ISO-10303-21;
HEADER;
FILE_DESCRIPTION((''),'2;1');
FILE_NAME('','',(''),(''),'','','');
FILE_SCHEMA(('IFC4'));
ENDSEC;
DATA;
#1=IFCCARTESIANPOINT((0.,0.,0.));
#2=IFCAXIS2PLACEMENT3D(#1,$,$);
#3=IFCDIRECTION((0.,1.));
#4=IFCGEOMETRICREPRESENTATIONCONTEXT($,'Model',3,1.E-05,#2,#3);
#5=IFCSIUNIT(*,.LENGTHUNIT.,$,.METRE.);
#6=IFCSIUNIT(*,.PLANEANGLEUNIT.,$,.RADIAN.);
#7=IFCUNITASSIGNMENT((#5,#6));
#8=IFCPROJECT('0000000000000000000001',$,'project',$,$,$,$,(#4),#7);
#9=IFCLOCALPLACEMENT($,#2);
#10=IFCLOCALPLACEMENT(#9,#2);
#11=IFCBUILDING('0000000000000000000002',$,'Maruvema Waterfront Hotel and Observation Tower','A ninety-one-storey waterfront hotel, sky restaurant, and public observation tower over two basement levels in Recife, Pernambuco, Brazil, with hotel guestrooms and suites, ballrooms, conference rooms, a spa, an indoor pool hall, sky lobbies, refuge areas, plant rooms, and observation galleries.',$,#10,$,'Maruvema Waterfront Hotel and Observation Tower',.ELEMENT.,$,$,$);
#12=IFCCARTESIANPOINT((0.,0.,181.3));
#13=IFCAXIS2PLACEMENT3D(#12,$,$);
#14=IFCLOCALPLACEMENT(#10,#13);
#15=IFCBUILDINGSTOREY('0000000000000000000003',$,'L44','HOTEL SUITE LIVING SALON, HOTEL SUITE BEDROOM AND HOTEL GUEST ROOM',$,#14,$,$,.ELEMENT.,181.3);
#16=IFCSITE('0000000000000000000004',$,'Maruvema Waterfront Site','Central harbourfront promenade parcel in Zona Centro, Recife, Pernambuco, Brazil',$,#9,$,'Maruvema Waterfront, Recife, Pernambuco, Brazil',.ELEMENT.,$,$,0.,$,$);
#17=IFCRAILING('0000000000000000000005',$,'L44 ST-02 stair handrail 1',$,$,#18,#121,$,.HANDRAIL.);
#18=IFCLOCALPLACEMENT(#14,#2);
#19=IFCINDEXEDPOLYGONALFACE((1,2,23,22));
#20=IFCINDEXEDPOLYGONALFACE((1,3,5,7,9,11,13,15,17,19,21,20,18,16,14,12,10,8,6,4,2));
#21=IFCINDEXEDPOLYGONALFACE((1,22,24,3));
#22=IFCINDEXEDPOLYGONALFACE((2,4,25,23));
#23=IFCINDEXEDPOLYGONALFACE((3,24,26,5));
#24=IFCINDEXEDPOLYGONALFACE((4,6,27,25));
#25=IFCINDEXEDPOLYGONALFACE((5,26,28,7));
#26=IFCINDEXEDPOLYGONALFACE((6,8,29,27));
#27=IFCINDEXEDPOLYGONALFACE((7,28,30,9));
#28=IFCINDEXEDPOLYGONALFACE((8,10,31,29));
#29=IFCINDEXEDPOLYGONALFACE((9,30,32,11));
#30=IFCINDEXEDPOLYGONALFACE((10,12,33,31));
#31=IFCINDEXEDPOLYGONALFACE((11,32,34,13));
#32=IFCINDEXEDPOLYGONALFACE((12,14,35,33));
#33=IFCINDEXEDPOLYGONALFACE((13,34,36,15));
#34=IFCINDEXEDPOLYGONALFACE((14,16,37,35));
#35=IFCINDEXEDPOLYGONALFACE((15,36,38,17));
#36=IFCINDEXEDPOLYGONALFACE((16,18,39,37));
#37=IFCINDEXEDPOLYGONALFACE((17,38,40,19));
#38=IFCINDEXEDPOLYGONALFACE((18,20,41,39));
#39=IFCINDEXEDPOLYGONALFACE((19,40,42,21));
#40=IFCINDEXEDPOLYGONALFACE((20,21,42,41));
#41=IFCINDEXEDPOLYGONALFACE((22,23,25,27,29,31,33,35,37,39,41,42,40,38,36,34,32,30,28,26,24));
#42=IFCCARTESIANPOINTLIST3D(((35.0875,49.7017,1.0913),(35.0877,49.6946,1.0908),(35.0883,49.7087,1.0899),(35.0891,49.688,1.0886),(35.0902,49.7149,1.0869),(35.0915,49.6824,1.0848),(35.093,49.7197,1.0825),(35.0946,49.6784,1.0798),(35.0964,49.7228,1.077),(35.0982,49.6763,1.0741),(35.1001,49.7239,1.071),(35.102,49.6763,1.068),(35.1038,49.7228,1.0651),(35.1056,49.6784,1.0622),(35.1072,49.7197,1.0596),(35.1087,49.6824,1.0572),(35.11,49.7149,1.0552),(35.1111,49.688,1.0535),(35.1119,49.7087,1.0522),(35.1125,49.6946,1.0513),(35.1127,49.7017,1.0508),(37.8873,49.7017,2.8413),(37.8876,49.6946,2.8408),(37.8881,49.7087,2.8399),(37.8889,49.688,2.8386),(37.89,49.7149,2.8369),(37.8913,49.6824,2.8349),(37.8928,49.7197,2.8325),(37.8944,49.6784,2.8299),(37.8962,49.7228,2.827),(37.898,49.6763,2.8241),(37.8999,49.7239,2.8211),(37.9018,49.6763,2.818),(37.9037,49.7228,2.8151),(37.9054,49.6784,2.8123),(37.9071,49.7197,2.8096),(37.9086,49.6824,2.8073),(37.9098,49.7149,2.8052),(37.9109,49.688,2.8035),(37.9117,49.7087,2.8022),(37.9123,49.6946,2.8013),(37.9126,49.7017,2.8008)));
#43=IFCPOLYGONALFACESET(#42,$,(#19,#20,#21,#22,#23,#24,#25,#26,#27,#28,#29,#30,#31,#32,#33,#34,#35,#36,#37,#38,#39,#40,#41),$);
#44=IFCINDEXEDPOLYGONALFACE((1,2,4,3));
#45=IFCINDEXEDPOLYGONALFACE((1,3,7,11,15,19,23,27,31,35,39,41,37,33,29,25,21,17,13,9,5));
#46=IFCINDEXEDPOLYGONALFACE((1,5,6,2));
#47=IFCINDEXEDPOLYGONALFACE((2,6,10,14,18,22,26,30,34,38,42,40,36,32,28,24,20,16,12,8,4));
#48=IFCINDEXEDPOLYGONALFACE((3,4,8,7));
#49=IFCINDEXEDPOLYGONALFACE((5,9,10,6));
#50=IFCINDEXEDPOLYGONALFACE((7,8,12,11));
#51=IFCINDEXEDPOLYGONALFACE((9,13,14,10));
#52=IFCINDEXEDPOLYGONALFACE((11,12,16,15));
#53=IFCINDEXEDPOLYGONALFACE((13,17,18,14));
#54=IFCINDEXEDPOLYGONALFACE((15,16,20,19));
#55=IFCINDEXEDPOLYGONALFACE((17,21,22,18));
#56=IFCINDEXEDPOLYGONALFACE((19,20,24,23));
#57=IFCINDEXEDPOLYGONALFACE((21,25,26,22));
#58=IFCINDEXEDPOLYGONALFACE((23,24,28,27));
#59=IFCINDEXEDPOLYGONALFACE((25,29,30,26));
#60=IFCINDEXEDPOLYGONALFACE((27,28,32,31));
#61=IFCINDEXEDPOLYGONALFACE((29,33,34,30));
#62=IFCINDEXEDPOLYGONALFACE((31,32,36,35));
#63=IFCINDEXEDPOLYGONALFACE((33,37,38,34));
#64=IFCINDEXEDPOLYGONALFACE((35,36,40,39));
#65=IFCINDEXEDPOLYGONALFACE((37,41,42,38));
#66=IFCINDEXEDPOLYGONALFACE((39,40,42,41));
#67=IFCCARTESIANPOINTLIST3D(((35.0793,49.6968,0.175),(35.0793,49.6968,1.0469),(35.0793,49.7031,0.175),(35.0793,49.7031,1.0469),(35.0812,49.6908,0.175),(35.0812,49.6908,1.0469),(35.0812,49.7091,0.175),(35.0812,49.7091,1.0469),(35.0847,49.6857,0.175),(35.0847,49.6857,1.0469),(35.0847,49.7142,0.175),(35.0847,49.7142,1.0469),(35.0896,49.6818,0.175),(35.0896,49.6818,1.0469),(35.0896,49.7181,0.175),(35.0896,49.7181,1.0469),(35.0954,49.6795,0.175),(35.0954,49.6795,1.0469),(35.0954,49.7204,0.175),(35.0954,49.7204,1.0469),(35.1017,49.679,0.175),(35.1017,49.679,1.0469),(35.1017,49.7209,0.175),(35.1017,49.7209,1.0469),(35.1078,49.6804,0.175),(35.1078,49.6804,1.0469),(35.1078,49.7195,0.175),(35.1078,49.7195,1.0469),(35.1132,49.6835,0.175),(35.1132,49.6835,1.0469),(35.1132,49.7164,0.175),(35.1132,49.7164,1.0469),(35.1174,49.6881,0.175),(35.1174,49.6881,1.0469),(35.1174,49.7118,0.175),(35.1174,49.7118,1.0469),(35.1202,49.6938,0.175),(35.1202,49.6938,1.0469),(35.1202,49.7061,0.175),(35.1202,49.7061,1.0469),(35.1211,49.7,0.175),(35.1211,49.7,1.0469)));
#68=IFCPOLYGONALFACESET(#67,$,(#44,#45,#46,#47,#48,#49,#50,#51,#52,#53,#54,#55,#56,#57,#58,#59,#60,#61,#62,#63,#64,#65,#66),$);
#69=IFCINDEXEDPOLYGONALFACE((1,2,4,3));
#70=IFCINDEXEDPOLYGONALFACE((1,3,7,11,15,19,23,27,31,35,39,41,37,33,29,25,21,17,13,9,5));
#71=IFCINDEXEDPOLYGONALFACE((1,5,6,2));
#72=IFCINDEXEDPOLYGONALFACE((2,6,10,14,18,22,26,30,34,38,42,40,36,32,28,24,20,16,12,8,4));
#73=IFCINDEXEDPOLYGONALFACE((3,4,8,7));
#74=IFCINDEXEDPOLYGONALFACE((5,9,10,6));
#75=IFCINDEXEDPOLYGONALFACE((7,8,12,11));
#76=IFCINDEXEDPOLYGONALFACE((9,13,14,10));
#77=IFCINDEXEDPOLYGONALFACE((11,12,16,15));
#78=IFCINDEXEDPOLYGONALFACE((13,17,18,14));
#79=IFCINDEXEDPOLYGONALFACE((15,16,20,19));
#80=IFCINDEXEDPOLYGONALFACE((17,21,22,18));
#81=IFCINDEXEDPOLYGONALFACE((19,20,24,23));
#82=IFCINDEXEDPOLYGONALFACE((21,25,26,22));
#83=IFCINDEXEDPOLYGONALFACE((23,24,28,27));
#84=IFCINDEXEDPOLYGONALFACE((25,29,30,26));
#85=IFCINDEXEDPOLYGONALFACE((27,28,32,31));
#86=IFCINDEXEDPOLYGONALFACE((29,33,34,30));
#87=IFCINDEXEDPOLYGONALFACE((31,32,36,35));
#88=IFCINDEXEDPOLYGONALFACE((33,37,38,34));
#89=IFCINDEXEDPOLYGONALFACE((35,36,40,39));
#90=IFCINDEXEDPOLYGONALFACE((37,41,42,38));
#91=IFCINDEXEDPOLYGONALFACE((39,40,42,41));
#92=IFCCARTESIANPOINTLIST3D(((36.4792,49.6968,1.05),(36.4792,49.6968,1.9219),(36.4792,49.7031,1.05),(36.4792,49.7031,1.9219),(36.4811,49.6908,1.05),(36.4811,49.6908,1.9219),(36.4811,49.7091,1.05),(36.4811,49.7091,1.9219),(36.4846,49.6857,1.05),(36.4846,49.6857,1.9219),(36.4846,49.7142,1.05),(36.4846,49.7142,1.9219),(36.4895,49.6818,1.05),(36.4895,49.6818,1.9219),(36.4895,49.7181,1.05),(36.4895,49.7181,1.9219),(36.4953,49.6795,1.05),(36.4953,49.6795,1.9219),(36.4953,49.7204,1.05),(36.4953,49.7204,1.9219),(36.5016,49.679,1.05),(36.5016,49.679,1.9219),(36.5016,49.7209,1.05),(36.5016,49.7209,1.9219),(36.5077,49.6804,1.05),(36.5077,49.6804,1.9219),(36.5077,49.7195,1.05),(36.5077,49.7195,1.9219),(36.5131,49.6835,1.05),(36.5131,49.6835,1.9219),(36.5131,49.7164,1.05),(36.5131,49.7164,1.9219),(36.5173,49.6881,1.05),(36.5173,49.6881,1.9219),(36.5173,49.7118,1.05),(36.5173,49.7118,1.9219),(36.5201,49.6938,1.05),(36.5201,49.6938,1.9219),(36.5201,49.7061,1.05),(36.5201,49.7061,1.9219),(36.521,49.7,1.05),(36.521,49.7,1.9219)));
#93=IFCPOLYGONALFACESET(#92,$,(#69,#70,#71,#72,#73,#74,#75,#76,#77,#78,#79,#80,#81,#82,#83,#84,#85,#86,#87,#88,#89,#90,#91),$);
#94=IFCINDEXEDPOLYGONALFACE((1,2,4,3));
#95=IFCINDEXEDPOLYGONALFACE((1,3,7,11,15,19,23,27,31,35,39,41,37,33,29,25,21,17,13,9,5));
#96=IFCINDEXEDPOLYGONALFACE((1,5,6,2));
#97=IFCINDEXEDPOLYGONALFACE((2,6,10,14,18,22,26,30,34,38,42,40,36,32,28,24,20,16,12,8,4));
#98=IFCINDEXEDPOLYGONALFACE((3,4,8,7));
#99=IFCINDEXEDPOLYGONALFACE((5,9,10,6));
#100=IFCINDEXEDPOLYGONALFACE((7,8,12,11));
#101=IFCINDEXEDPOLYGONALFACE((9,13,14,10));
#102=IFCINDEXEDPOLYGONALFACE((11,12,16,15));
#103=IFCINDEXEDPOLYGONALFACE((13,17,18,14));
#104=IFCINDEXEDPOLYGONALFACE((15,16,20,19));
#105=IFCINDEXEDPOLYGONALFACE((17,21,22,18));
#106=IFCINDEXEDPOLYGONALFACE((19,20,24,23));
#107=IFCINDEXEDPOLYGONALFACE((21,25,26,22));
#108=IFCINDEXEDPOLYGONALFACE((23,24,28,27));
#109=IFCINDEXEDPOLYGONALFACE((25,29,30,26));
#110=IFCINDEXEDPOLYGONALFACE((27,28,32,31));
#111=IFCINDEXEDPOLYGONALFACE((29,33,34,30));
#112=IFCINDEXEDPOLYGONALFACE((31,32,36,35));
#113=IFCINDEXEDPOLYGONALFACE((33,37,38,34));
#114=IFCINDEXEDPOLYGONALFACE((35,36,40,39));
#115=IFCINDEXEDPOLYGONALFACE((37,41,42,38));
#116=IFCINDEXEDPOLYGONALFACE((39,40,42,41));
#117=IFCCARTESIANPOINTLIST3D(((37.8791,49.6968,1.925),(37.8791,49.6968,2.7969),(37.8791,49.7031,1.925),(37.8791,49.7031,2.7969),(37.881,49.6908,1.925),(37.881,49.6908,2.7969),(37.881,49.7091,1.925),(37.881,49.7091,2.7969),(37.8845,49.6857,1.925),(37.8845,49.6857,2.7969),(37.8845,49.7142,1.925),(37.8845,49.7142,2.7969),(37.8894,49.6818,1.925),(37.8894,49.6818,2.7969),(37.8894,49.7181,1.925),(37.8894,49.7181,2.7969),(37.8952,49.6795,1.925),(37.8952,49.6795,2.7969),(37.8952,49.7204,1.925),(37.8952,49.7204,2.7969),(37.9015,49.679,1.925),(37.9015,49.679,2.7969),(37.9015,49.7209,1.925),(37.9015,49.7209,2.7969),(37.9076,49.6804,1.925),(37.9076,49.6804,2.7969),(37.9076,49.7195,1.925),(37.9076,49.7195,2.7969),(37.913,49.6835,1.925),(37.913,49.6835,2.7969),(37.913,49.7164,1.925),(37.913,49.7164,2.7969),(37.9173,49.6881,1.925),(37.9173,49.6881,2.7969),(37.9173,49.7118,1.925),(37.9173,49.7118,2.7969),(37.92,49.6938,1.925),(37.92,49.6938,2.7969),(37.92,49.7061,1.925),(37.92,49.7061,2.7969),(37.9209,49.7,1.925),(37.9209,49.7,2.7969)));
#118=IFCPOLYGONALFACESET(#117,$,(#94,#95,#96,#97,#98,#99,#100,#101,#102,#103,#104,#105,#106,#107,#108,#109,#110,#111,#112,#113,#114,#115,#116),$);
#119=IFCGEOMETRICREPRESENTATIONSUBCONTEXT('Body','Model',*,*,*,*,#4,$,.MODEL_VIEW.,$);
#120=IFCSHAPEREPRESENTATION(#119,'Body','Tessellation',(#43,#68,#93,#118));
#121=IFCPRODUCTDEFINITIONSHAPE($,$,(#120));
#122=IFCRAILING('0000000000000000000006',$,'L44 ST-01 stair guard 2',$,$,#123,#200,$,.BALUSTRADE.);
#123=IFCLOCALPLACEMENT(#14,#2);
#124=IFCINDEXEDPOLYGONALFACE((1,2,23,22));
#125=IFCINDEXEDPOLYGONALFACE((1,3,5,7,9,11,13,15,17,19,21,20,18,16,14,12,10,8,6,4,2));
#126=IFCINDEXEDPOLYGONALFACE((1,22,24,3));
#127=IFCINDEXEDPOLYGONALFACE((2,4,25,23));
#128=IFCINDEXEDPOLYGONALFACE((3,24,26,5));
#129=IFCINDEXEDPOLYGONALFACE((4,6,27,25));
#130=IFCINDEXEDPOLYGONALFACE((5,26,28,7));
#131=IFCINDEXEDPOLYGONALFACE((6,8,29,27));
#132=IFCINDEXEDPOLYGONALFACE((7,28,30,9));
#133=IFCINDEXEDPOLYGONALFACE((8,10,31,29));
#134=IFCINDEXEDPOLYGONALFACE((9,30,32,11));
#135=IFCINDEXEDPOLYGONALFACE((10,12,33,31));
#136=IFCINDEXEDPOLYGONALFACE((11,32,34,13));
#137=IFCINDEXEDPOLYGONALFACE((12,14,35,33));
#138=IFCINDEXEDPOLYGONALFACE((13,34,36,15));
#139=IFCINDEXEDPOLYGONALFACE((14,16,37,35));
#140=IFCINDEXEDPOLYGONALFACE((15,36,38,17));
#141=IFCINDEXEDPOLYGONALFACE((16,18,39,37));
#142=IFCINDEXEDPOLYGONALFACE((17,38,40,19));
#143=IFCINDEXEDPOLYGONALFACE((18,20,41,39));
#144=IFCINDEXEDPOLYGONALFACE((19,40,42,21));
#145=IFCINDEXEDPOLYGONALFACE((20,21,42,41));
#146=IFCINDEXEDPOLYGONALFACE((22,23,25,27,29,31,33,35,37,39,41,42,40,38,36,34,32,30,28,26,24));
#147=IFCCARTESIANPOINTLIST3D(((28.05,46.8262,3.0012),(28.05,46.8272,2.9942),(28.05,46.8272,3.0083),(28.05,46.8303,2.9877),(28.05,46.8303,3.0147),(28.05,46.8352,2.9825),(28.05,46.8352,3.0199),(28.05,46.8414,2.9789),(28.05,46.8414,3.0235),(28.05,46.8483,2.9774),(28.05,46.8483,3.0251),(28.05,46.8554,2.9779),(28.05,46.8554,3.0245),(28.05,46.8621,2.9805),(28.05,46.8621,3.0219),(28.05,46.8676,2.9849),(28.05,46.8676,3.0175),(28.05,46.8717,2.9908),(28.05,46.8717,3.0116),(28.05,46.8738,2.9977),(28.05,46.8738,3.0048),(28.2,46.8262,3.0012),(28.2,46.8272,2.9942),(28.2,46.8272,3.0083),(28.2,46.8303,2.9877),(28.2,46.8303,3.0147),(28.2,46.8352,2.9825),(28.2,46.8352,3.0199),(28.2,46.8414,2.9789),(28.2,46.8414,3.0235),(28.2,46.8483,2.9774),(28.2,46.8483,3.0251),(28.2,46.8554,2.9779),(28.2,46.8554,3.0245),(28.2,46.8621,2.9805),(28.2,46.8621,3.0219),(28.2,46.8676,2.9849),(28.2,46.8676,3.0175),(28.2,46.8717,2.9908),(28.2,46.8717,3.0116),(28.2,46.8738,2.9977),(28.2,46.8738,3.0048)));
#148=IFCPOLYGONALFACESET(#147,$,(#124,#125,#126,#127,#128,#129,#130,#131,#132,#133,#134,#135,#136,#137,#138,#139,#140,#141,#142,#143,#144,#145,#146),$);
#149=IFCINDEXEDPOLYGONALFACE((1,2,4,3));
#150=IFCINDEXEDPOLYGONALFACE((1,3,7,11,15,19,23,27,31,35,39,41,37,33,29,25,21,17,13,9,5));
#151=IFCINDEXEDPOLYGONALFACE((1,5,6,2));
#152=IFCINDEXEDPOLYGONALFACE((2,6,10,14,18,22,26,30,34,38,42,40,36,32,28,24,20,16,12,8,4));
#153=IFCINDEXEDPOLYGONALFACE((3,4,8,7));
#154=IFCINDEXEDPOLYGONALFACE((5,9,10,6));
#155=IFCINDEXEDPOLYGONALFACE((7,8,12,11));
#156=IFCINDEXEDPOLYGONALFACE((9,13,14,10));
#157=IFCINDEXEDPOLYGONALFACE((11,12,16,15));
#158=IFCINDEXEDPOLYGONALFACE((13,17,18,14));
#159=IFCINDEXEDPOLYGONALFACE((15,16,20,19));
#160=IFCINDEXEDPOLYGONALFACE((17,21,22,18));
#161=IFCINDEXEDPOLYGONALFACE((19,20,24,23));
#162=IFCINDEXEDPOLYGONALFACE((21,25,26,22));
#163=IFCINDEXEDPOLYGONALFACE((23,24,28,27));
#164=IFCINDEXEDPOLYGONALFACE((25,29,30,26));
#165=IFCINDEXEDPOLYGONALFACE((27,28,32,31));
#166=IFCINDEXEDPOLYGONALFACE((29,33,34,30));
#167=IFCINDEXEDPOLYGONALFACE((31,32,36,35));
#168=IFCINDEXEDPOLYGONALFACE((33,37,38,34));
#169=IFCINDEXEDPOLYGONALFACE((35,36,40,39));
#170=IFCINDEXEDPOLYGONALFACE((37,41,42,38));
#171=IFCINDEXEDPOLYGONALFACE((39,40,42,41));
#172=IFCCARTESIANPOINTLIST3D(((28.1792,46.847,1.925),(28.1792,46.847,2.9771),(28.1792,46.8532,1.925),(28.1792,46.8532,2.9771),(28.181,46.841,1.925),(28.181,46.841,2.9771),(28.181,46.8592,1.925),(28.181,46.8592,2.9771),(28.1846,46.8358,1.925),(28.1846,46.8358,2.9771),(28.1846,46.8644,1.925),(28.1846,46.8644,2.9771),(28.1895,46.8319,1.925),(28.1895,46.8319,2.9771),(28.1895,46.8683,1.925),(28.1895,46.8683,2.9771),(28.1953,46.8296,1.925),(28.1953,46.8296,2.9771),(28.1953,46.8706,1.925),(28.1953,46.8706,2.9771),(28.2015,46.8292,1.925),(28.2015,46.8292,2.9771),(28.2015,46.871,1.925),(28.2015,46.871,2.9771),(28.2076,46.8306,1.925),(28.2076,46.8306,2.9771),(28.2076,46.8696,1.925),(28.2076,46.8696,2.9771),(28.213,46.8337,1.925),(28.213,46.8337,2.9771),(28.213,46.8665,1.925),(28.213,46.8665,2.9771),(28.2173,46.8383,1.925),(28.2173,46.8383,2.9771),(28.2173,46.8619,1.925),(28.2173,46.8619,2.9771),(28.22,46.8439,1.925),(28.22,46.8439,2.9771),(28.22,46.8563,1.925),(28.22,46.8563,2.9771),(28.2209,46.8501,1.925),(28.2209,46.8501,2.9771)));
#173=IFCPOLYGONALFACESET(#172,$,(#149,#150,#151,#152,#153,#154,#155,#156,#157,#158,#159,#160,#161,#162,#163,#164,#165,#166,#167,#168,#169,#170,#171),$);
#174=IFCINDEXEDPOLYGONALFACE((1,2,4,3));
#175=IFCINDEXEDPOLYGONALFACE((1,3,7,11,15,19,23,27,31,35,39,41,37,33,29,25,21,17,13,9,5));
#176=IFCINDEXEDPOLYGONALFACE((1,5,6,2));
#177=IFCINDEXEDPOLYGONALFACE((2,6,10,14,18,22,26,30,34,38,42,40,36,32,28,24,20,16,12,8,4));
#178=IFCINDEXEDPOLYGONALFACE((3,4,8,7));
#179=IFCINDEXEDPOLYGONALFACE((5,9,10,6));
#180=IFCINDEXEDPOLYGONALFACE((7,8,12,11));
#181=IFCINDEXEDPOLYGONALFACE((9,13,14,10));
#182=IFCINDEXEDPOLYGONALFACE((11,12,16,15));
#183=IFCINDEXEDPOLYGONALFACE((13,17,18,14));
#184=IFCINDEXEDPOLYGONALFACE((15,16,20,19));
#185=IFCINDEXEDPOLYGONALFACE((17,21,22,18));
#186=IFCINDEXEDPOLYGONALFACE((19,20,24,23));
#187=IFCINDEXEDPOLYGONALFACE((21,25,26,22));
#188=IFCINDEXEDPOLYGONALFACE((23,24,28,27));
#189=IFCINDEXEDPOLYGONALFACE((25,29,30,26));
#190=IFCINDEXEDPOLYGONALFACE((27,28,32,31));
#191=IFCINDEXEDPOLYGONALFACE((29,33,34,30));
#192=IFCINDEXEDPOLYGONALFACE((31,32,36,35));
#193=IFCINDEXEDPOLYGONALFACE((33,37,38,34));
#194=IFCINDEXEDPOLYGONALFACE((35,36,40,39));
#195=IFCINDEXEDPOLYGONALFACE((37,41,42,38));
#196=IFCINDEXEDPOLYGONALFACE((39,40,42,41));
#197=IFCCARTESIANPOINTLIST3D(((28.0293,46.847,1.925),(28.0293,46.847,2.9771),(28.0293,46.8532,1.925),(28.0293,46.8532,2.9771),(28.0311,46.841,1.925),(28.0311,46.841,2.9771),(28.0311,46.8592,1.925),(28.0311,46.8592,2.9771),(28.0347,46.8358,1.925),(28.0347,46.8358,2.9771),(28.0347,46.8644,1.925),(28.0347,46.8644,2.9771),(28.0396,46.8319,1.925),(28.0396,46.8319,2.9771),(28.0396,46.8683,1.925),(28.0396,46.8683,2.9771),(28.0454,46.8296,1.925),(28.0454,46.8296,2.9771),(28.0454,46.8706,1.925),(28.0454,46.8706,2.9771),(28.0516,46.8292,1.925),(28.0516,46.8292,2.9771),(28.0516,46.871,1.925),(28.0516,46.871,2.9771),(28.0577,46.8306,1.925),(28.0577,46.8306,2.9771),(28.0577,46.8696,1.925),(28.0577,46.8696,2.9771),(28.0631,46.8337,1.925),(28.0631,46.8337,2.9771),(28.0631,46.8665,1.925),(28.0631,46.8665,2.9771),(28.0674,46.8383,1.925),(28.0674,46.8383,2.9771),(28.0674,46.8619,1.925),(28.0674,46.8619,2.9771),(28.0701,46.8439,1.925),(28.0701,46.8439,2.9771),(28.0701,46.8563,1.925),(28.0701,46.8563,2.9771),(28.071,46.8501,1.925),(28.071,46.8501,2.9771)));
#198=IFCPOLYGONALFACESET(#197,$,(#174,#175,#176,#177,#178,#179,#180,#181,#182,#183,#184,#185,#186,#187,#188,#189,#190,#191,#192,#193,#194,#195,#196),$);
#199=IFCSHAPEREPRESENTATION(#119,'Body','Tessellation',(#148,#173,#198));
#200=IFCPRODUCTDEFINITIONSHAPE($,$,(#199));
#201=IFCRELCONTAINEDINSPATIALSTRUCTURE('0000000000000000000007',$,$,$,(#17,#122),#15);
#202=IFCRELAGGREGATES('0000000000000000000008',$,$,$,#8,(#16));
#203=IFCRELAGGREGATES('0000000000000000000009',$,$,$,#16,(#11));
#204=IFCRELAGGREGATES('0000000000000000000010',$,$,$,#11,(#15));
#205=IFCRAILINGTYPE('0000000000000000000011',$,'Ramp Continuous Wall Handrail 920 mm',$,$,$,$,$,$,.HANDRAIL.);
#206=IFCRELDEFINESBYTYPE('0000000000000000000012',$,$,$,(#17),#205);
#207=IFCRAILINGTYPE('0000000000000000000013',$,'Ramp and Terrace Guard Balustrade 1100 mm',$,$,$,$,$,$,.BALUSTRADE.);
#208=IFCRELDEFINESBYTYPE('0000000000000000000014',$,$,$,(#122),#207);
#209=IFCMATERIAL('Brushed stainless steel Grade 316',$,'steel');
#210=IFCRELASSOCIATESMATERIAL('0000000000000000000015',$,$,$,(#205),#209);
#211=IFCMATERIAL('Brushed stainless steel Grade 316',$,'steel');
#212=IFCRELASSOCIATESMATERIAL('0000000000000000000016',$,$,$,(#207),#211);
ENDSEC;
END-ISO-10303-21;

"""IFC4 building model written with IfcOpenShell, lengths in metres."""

from ifc_helpers import new_model, si_unit, direction, frame, origin, origin_2d, place, context, subcontext, project, spatial, circle, extrude, material, type_object, element, save


model = new_model("IFC4")

# Units and contexts
model_context = context("Model", 3, precision=1e-05, world=origin(), true_north=direction((0.0, 1.0)))
body_context = subcontext(model_context, "Body", "Model", "MODEL_VIEW")
ifc_project = project(units=[si_unit("LENGTHUNIT", "METRE"), si_unit("PLANEANGLEUNIT", "RADIAN")], contexts=[model_context])

# Site, building, storey
site_placement = place(None, origin())
site = spatial("IfcSite", under=ifc_project, at=site_placement, Name="Maruvema Waterfront Site", Description="Central harbourfront promenade parcel in Zona Centro, Recife, Pernambuco, Brazil", LongName="Maruvema Waterfront, Recife, Pernambuco, Brazil", CompositionType="ELEMENT", RefElevation=0.0)
building_placement = place(site_placement, origin())
building = spatial("IfcBuilding", under=site, at=building_placement, Name="Maruvema Waterfront Hotel and Observation Tower", Description="A ninety-one-storey waterfront hotel, sky restaurant, and public observation tower over two basement levels in Recife, Pernambuco, Brazil, with hotel guestrooms and suites, ballrooms, conference rooms, a spa, an indoor pool hall, sky lobbies, refuge areas, plant rooms, and observation galleries.", LongName="Maruvema Waterfront Hotel and Observation Tower", CompositionType="ELEMENT")
storey_placement = place(building_placement, frame((0.0, 0.0, 181.3)))
storey = spatial("IfcBuildingStorey", under=building, at=storey_placement, Name="L44", Description="HOTEL SUITE LIVING SALON, HOTEL SUITE BEDROOM AND HOTEL GUEST ROOM", CompositionType="ELEMENT", Elevation=181.3)

# Railings
ifc_material_1 = material(Name="Brushed stainless steel Grade 316", Category="steel")
railing_type_1 = type_object("IfcRailingType", Name="Ramp Continuous Wall Handrail 920 mm", PredefinedType="HANDRAIL", material=ifc_material_1)
railing_1_placement = place(storey_placement, frame((35.1001, 49.7, 0.175)))
element("IfcRailing", 1, at=railing_1_placement, inside=storey, type_object=railing_type_1, Name="L44 ST-02 stair handrail 1", PredefinedType="HANDRAIL", context=body_context, shape_type="SweptSolid", body=[
    extrude(circle(Radius=0.0239, at=origin_2d()), frame((0.0, 0.0, 0.896), z_axis=(0.847982, 0.0, 0.530026), x_axis=(0.0, 1.0, 0.0)), (0.0, 0.0, 1.0), 3.3018),
    extrude(circle(Radius=0.021, at=origin_2d()), origin(), (0.0, 0.0, 1.0), 0.8718),
    extrude(circle(Radius=0.021, at=origin_2d()), frame((1.3999, 0.0, 0.875)), (0.0, 0.0, 1.0), 0.8718),
    extrude(circle(Radius=0.021, at=origin_2d()), frame((2.7998, 0.0, 1.75)), (0.0, 0.0, 1.0), 0.8718),
])
ifc_material_2 = material(Name="Brushed stainless steel Grade 316", Category="steel")
railing_type_2 = type_object("IfcRailingType", Name="Ramp and Terrace Guard Balustrade 1100 mm", PredefinedType="BALUSTRADE", material=ifc_material_2)
railing_2_placement = place(storey_placement, frame((28.2, 46.8501, 1.925)))
element("IfcRailing", 2, at=railing_2_placement, inside=storey, type_object=railing_type_2, Name="L44 ST-01 stair guard 2", PredefinedType="BALUSTRADE", context=body_context, shape_type="SweptSolid", body=[
    extrude(circle(Radius=0.0239, at=origin_2d()), frame((0.0, 0.0, 1.0762), z_axis=(-1.0, 0.0, 0.0), x_axis=(0.0, -1.0, 0.0)), (0.0, 0.0, 1.0), 0.1499),
    extrude(circle(Radius=0.021, at=origin_2d()), origin(), (0.0, 0.0, 1.0), 1.052),
    extrude(circle(Radius=0.021, at=origin_2d()), frame((-0.1499, 0.0, 0.0)), (0.0, 0.0, 1.0), 1.052),
])

save(model, "model.ifc")
